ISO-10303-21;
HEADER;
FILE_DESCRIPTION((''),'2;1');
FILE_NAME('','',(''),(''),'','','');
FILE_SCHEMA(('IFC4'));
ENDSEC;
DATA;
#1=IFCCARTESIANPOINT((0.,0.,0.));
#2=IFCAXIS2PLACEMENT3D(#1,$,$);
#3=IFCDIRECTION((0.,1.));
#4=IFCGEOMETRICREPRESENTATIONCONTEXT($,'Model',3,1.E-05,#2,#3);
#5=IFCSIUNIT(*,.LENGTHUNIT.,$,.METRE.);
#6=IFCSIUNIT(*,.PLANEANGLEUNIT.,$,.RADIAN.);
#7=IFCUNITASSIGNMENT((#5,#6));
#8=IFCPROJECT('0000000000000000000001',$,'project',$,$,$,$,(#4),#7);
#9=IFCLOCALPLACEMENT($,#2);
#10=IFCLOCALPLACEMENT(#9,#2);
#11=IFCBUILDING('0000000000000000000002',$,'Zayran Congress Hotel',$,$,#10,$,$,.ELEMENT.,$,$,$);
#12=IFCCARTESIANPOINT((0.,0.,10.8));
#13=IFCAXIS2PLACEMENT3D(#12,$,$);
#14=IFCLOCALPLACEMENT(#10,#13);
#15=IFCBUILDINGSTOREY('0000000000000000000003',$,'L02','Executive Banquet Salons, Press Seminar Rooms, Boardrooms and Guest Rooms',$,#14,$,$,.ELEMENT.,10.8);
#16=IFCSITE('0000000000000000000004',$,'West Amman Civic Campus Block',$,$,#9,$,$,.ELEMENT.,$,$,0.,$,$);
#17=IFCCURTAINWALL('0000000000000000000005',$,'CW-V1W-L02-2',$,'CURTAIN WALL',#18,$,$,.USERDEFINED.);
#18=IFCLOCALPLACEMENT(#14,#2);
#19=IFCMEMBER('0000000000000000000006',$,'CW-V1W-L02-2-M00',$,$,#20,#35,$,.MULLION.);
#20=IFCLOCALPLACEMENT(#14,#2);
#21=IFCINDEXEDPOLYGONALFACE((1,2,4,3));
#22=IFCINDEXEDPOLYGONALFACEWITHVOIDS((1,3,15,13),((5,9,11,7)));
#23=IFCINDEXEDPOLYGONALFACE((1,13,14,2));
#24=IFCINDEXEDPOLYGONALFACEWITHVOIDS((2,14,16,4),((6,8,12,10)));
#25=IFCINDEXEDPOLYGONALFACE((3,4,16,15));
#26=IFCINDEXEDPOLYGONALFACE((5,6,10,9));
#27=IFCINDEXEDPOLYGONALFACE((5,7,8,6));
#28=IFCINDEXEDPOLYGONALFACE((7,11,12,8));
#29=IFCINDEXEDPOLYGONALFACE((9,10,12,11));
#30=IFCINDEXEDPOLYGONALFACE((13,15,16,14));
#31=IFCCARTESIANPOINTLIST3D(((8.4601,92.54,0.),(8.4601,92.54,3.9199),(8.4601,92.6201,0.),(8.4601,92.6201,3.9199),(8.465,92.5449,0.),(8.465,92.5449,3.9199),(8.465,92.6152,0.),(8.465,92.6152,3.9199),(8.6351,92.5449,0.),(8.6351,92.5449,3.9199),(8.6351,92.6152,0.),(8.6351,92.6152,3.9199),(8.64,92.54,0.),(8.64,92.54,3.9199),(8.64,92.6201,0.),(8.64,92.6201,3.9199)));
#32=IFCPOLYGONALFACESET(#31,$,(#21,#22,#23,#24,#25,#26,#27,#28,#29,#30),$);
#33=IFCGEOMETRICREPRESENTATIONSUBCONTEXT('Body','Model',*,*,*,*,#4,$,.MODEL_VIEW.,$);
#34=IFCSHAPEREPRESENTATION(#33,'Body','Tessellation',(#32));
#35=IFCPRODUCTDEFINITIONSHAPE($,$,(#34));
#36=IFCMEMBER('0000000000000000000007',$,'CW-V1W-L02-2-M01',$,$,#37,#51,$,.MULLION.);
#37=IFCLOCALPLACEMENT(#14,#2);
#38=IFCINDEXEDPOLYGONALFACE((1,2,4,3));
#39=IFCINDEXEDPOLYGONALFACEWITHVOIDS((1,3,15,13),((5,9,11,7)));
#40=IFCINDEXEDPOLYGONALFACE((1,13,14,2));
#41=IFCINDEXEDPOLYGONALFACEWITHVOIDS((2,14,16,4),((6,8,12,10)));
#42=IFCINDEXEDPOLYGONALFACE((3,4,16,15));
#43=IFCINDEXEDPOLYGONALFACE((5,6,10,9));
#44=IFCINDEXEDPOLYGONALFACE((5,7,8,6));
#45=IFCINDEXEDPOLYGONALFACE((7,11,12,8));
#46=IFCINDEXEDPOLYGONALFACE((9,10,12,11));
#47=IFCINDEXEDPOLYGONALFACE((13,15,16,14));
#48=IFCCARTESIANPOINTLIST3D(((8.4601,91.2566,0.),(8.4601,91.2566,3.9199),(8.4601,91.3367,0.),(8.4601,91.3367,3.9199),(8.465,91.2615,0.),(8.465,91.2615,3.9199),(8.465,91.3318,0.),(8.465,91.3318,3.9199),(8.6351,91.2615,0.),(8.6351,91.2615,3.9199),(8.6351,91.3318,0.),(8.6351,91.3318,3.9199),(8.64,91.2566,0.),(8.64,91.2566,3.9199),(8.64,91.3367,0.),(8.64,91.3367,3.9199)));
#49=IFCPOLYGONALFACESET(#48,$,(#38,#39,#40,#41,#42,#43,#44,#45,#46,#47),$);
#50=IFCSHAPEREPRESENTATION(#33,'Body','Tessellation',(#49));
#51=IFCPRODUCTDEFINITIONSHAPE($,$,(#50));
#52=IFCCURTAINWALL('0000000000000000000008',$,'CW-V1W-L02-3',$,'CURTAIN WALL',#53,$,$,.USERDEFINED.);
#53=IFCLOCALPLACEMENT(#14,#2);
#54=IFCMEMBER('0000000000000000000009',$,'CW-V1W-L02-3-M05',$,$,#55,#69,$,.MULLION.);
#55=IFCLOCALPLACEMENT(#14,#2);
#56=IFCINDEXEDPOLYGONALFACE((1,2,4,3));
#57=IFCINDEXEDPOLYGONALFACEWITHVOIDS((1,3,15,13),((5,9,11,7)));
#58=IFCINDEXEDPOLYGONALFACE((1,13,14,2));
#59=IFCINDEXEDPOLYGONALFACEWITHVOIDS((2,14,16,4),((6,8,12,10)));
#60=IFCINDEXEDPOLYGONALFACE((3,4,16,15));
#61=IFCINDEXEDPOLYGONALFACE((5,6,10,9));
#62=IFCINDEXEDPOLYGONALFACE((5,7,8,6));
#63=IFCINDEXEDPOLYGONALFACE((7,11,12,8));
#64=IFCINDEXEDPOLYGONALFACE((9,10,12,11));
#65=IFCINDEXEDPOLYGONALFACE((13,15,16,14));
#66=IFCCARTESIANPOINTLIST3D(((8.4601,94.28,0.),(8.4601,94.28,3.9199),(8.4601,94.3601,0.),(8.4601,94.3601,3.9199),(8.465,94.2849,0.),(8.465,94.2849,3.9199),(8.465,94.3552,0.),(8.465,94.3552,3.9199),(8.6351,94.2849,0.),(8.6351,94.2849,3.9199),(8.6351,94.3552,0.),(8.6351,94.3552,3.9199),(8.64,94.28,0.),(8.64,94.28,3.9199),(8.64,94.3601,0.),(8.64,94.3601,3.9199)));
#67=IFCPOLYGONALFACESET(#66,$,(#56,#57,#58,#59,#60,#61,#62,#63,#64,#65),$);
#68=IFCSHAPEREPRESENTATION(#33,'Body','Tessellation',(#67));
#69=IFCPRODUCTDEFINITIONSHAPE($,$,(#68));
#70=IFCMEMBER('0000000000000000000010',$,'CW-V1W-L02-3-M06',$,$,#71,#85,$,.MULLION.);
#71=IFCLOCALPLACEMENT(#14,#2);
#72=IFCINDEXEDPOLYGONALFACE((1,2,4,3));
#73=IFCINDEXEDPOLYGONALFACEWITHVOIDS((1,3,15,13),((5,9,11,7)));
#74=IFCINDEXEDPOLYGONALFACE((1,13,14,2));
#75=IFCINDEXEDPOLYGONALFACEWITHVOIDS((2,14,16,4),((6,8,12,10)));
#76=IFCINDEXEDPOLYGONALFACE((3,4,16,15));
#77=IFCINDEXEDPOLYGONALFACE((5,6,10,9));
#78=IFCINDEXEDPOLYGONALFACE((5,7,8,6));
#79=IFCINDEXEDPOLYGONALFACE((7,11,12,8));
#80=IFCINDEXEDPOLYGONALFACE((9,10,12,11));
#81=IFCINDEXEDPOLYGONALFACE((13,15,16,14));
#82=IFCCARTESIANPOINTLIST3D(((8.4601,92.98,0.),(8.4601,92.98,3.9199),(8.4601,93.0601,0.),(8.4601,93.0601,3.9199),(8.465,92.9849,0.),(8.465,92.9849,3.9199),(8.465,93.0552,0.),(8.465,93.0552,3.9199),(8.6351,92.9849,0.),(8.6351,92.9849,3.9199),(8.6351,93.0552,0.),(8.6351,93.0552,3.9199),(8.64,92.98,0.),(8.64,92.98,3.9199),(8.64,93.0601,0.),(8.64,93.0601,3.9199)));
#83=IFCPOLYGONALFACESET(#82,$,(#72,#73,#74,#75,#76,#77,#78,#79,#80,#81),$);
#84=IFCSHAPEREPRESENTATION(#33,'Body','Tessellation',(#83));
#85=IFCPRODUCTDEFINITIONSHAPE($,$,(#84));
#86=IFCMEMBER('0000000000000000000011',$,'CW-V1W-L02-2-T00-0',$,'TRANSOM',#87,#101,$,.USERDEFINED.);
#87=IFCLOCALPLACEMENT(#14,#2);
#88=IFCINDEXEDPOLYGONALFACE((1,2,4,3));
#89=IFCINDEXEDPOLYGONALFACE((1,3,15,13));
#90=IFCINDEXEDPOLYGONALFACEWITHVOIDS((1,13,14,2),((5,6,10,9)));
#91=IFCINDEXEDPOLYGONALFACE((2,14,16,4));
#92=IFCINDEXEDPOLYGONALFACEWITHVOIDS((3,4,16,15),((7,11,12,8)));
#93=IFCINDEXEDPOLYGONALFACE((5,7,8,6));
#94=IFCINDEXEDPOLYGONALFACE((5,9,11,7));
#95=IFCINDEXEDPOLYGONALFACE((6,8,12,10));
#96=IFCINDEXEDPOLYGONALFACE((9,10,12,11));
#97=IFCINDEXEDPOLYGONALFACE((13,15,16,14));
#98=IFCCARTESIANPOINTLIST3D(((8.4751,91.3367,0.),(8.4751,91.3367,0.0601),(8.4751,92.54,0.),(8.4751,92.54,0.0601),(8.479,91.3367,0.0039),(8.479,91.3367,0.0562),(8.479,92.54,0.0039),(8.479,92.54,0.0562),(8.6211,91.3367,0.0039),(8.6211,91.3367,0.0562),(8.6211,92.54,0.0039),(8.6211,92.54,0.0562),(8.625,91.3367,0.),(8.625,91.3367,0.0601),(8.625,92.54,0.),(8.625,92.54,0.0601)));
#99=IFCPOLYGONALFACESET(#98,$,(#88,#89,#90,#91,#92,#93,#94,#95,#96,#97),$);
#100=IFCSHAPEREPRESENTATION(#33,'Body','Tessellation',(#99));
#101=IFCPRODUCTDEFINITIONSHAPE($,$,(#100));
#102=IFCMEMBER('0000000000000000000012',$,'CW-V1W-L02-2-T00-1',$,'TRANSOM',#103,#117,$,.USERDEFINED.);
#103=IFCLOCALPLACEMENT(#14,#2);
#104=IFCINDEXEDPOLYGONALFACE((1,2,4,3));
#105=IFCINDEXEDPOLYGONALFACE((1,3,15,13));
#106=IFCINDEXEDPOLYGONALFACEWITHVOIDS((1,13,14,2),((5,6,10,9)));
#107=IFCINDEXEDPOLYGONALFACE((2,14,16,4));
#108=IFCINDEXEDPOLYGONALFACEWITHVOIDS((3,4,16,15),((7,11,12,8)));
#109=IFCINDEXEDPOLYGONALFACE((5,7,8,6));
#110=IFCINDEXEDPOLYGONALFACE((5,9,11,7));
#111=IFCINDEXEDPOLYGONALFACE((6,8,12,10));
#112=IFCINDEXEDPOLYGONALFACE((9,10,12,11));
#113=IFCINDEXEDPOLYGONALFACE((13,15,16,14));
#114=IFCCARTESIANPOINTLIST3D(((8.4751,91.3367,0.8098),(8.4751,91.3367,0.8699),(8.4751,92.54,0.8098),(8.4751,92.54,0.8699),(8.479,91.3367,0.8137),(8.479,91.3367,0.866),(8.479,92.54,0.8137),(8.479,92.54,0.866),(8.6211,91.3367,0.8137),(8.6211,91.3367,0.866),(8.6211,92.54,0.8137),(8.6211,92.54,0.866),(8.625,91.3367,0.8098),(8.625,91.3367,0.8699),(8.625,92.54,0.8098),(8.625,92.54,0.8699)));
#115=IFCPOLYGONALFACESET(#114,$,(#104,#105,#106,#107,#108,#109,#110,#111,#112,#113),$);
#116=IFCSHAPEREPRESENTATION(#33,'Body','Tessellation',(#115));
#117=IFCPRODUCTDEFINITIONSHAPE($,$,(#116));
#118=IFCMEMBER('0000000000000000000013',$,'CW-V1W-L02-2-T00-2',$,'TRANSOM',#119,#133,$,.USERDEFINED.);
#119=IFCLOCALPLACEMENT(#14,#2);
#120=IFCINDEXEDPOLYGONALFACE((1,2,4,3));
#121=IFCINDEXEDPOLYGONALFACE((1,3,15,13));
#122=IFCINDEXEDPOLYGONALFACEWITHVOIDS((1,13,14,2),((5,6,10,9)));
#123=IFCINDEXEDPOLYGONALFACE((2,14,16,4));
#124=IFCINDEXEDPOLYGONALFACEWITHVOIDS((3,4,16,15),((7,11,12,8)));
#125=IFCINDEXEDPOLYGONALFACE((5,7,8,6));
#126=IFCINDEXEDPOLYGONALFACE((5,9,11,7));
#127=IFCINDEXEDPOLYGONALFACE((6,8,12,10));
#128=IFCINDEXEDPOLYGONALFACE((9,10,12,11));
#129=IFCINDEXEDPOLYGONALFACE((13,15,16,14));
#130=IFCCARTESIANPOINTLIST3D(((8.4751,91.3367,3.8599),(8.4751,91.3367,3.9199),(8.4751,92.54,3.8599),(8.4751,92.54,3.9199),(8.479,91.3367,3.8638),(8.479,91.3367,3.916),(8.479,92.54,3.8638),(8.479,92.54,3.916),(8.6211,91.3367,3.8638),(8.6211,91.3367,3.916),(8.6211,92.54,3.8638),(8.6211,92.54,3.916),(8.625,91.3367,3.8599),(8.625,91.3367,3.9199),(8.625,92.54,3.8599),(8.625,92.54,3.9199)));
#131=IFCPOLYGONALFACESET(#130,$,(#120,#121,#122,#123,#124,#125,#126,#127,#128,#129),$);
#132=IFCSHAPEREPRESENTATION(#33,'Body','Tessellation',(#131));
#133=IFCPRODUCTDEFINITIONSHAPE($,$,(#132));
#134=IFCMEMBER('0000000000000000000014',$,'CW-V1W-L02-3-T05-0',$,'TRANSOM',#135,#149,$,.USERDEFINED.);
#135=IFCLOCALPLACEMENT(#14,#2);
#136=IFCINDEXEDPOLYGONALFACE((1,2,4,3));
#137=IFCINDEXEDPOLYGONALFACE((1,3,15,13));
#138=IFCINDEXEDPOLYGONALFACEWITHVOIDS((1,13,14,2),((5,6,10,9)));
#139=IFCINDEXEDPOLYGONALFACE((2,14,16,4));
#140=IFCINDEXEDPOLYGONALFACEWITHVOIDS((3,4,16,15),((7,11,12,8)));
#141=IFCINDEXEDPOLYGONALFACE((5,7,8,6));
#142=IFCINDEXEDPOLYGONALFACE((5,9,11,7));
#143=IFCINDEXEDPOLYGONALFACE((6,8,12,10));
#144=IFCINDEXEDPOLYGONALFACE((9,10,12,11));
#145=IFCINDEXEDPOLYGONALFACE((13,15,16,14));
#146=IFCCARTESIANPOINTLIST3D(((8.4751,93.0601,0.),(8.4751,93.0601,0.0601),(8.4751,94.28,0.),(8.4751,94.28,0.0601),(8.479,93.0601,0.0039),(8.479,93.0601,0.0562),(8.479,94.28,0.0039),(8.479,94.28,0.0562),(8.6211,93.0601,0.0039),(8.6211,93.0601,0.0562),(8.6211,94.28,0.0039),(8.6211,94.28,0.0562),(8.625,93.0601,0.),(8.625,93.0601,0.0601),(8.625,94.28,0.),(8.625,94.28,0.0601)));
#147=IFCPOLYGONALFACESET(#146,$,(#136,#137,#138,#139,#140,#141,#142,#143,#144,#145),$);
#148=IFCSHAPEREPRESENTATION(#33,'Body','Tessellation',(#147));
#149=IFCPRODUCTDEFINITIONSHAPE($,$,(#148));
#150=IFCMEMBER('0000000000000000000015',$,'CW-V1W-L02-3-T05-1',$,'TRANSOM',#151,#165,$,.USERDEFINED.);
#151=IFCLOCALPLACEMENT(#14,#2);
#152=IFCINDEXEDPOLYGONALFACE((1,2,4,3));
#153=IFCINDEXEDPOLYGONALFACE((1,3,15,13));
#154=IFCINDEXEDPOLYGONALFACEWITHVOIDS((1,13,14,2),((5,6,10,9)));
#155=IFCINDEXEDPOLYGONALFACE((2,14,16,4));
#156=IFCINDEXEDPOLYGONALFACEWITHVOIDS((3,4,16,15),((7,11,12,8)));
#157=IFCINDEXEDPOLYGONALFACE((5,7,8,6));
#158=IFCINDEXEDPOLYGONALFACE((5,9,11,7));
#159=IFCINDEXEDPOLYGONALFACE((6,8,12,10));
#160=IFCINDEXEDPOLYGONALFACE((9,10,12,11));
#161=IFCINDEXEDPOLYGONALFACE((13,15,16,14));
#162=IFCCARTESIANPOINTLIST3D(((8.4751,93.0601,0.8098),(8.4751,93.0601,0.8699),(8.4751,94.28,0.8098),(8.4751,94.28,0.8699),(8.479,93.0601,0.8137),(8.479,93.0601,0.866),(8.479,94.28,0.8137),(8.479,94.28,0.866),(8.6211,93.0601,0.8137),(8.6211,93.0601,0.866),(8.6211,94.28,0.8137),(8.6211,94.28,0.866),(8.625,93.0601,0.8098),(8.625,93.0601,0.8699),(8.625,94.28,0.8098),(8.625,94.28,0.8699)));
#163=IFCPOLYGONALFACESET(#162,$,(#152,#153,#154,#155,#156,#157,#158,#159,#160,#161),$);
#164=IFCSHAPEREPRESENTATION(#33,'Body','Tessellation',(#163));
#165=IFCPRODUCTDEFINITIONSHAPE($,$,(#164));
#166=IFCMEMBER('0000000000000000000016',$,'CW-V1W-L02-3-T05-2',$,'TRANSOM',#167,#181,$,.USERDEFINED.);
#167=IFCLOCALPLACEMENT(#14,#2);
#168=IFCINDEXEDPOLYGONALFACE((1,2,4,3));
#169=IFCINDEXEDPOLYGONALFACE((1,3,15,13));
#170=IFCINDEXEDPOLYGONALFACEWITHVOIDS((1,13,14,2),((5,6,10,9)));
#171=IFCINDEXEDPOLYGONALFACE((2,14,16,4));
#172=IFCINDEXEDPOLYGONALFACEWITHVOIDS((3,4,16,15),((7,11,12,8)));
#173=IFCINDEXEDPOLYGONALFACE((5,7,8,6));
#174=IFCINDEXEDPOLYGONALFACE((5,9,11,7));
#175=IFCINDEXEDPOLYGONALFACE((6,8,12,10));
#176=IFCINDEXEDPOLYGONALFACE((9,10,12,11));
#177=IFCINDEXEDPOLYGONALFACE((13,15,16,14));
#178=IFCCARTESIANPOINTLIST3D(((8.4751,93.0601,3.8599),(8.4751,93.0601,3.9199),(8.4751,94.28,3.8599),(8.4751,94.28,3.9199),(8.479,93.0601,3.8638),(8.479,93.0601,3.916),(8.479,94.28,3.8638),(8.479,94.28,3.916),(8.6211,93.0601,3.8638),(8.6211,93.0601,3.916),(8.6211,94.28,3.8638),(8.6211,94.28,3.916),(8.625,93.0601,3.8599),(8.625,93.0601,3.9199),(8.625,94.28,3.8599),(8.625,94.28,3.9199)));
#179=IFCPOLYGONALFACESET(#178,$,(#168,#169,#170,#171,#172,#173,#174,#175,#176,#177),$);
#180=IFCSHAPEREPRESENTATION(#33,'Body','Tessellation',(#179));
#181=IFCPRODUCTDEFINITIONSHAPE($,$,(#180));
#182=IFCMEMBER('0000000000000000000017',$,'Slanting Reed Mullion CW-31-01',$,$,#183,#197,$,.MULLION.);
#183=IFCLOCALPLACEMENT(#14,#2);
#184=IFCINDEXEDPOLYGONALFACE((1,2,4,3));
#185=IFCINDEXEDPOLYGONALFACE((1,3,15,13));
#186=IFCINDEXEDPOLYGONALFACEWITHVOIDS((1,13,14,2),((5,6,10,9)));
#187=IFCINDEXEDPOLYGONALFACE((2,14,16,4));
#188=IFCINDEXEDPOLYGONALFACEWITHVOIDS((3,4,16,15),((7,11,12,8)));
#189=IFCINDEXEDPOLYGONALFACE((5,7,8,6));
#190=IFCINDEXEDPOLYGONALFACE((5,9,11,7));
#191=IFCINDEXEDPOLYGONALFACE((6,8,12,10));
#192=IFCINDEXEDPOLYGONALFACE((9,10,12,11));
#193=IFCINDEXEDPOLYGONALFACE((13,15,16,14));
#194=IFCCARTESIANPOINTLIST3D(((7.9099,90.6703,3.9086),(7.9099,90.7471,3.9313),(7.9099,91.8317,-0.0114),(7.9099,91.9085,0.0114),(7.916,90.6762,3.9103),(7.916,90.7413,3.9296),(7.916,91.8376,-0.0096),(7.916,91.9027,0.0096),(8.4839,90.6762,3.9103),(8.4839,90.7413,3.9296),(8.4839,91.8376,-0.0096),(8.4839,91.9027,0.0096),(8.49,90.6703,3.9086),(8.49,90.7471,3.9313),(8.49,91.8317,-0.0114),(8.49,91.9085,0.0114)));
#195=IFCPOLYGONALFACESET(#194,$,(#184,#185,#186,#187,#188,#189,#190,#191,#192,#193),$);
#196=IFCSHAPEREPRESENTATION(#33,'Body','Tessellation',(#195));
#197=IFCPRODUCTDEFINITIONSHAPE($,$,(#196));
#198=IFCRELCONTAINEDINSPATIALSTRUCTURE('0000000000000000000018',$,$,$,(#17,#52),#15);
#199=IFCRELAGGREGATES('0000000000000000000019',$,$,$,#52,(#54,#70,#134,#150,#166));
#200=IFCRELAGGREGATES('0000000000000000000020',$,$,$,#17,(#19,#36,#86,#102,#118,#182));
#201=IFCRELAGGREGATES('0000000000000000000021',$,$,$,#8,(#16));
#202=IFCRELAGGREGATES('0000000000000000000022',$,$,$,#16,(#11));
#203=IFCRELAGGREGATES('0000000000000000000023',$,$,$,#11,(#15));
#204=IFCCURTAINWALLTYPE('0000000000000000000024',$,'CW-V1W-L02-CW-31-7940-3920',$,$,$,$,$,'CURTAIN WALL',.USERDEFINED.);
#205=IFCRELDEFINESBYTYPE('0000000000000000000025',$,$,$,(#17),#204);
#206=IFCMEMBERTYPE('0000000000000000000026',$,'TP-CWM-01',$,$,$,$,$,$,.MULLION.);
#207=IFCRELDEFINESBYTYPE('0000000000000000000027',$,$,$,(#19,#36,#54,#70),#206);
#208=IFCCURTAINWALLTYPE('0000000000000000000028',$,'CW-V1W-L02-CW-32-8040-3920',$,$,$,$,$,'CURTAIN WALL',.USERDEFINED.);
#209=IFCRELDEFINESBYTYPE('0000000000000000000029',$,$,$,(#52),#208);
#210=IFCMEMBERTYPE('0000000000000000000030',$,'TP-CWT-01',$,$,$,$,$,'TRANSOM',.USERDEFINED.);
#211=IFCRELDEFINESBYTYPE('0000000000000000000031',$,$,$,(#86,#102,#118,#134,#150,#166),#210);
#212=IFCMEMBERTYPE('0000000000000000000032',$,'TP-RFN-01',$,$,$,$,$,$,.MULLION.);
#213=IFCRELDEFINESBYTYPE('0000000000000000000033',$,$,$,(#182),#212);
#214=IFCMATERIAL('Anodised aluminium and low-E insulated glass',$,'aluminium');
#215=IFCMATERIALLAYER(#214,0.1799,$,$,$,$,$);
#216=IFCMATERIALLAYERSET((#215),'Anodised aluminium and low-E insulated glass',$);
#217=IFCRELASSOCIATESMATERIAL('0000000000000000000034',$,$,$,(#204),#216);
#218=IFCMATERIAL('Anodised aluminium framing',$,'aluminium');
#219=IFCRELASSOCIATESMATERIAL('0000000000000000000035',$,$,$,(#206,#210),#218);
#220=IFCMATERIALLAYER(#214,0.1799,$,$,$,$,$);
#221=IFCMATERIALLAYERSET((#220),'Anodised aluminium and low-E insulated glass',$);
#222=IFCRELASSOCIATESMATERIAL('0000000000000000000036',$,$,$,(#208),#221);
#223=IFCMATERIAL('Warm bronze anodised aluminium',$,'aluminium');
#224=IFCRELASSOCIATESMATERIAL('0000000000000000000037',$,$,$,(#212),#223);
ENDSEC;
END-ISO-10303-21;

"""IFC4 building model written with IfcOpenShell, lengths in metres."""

from ifc_helpers import new_model, si_unit, direction, frame, origin, origin_2d, place, context, subcontext, project, spatial, hollow_rectangle, extrude, material, layer, layer_set, material_profile, profile_set, type_object, element, aggregate, save


model = new_model("IFC4")

# Units and contexts
model_context = context("Model", 3, precision=1e-05, world=origin(), true_north=direction((0.0, 1.0)))
body_context = subcontext(model_context, "Body", "Model", "MODEL_VIEW")
ifc_project = project(units=[si_unit("LENGTHUNIT", "METRE"), si_unit("PLANEANGLEUNIT", "RADIAN")], contexts=[model_context])

# Site, building, storey
site_placement = place(None, origin())
site = spatial("IfcSite", under=ifc_project, at=site_placement, Name="West Amman Civic Campus Block", CompositionType="ELEMENT", RefElevation=0.0)
building_placement = place(site_placement, origin())
building = spatial("IfcBuilding", under=site, at=building_placement, Name="Zayran Congress Hotel", CompositionType="ELEMENT")
storey_placement = place(building_placement, frame((0.0, 0.0, 10.8)))
storey = spatial("IfcBuildingStorey", under=building, at=storey_placement, Name="L02", Description="Executive Banquet Salons, Press Seminar Rooms, Boardrooms and Guest Rooms", CompositionType="ELEMENT", Elevation=10.8)

# Curtain walls, members
ifc_material_1 = material(Name="Anodised aluminium and low-E insulated glass", Category="aluminium")
ifc_layer_1 = layer(ifc_material_1, 0.1799)
ifc_layer_set_1 = layer_set([ifc_layer_1], Name="Anodised aluminium and low-E insulated glass")
curtain_wall_type_1 = type_object("IfcCurtainWallType", Name="CW-V1W-L02-CW-31-7940-3920", ElementType="CURTAIN WALL", PredefinedType="USERDEFINED", material=ifc_layer_set_1)
curtain_wall_1_placement = place(storey_placement, origin())
curtain_wall_1 = element("IfcCurtainWall", 1, at=curtain_wall_1_placement, inside=storey, type_object=curtain_wall_type_1, Name="CW-V1W-L02-2", ObjectType="CURTAIN WALL", PredefinedType="USERDEFINED")
ifc_material_2 = material(Name="Anodised aluminium framing", Category="aluminium")
ifc_material_profile_1 = material_profile(ifc_material_2, hollow_rectangle(XDim=0.0801, YDim=0.1799, WallThickness=0.0049, at=origin_2d()), Name="RHS 180x80x5")
ifc_profile_set_1 = profile_set([ifc_material_profile_1], Name="Anodised aluminium framing")
member_type_1 = type_object("IfcMemberType", Name="TP-CWM-01", PredefinedType="MULLION", material=ifc_profile_set_1)
member_1_placement = place(storey_placement, frame((8.55, 92.5801, 0.0), z_axis=(0.0, 0.0, 1.0), x_axis=(0.0, 1.0, 0.0)))
member_1 = element("IfcMember", 2, at=member_1_placement, type_object=member_type_1, Name="CW-V1W-L02-2-M00", PredefinedType="MULLION", context=body_context, shape_type="SweptSolid", body=[
    extrude(hollow_rectangle(XDim=0.0801, YDim=0.1799, WallThickness=0.0049, at=origin_2d()), origin(), (0.0, 0.0, 1.0), 3.9199),
])
member_2_placement = place(storey_placement, frame((8.55, 91.2966, 0.0), z_axis=(0.0, 0.0, 1.0), x_axis=(0.0, 1.0, 0.0)))
member_2 = element("IfcMember", 3, at=member_2_placement, type_object=member_type_1, Name="CW-V1W-L02-2-M01", PredefinedType="MULLION", context=body_context, shape_type="SweptSolid", body=[
    extrude(hollow_rectangle(XDim=0.0801, YDim=0.1799, WallThickness=0.0049, at=origin_2d()), origin(), (0.0, 0.0, 1.0), 3.9199),
])
ifc_layer_2 = layer(ifc_material_1, 0.1799)
ifc_layer_set_2 = layer_set([ifc_layer_2], Name="Anodised aluminium and low-E insulated glass")
curtain_wall_type_2 = type_object("IfcCurtainWallType", Name="CW-V1W-L02-CW-32-8040-3920", ElementType="CURTAIN WALL", PredefinedType="USERDEFINED", material=ifc_layer_set_2)
curtain_wall_2_placement = place(storey_placement, origin())
curtain_wall_2 = element("IfcCurtainWall", 4, at=curtain_wall_2_placement, inside=storey, type_object=curtain_wall_type_2, Name="CW-V1W-L02-3", ObjectType="CURTAIN WALL", PredefinedType="USERDEFINED")
member_3_placement = place(storey_placement, frame((8.55, 94.3201, 0.0), z_axis=(0.0, 0.0, 1.0), x_axis=(0.0, 1.0, 0.0)))
member_3 = element("IfcMember", 5, at=member_3_placement, type_object=member_type_1, Name="CW-V1W-L02-3-M05", PredefinedType="MULLION", context=body_context, shape_type="SweptSolid", body=[
    extrude(hollow_rectangle(XDim=0.0801, YDim=0.1799, WallThickness=0.0049, at=origin_2d()), origin(), (0.0, 0.0, 1.0), 3.9199),
])
member_4_placement = place(storey_placement, frame((8.55, 93.02, 0.0), z_axis=(0.0, 0.0, 1.0), x_axis=(0.0, 1.0, 0.0)))
member_4 = element("IfcMember", 6, at=member_4_placement, type_object=member_type_1, Name="CW-V1W-L02-3-M06", PredefinedType="MULLION", context=body_context, shape_type="SweptSolid", body=[
    extrude(hollow_rectangle(XDim=0.0801, YDim=0.1799, WallThickness=0.0049, at=origin_2d()), origin(), (0.0, 0.0, 1.0), 3.9199),
])

# Members
ifc_material_profile_2 = material_profile(ifc_material_2, hollow_rectangle(XDim=0.0601, YDim=0.1499, WallThickness=0.0039, at=origin_2d()), Name="RHS 150x60x4")
ifc_profile_set_2 = profile_set([ifc_material_profile_2], Name="Anodised aluminium framing")
member_type_2 = type_object("IfcMemberType", Name="TP-CWT-01", ElementType="TRANSOM", PredefinedType="USERDEFINED", material=ifc_profile_set_2)
member_5_placement = place(storey_placement, frame((8.55, 92.54, 0.03), z_axis=(0.0, -1.0, 0.0), x_axis=(0.0, 0.0, 1.0)))
member_5 = element("IfcMember", 7, at=member_5_placement, type_object=member_type_2, Name="CW-V1W-L02-2-T00-0", ObjectType="TRANSOM", PredefinedType="USERDEFINED", context=body_context, shape_type="SweptSolid", body=[
    extrude(hollow_rectangle(XDim=0.0601, YDim=0.1499, WallThickness=0.0039, at=origin_2d()), origin(), (0.0, 0.0, 1.0), 1.2034),
])
member_6_placement = place(storey_placement, frame((8.55, 92.54, 0.8398), z_axis=(0.0, -1.0, 0.0), x_axis=(0.0, 0.0, 1.0)))
member_6 = element("IfcMember", 8, at=member_6_placement, type_object=member_type_2, Name="CW-V1W-L02-2-T00-1", ObjectType="TRANSOM", PredefinedType="USERDEFINED", context=body_context, shape_type="SweptSolid", body=[
    extrude(hollow_rectangle(XDim=0.0601, YDim=0.1499, WallThickness=0.0039, at=origin_2d()), origin(), (0.0, 0.0, 1.0), 1.2034),
])
member_7_placement = place(storey_placement, frame((8.55, 92.54, 3.8899), z_axis=(0.0, -1.0, 0.0), x_axis=(0.0, 0.0, 1.0)))
member_7 = element("IfcMember", 9, at=member_7_placement, type_object=member_type_2, Name="CW-V1W-L02-2-T00-2", ObjectType="TRANSOM", PredefinedType="USERDEFINED", context=body_context, shape_type="SweptSolid", body=[
    extrude(hollow_rectangle(XDim=0.0601, YDim=0.1499, WallThickness=0.0039, at=origin_2d()), origin(), (0.0, 0.0, 1.0), 1.2034),
])
member_8_placement = place(storey_placement, frame((8.55, 94.28, 0.03), z_axis=(0.0, -1.0, 0.0), x_axis=(0.0, 0.0, 1.0)))
member_8 = element("IfcMember", 10, at=member_8_placement, type_object=member_type_2, Name="CW-V1W-L02-3-T05-0", ObjectType="TRANSOM", PredefinedType="USERDEFINED", context=body_context, shape_type="SweptSolid", body=[
    extrude(hollow_rectangle(XDim=0.0601, YDim=0.1499, WallThickness=0.0039, at=origin_2d()), origin(), (0.0, 0.0, 1.0), 1.22),
])
member_9_placement = place(storey_placement, frame((8.55, 94.28, 0.8398), z_axis=(0.0, -1.0, 0.0), x_axis=(0.0, 0.0, 1.0)))
member_9 = element("IfcMember", 11, at=member_9_placement, type_object=member_type_2, Name="CW-V1W-L02-3-T05-1", ObjectType="TRANSOM", PredefinedType="USERDEFINED", context=body_context, shape_type="SweptSolid", body=[
    extrude(hollow_rectangle(XDim=0.0601, YDim=0.1499, WallThickness=0.0039, at=origin_2d()), origin(), (0.0, 0.0, 1.0), 1.22),
])
member_10_placement = place(storey_placement, frame((8.55, 94.28, 3.8899), z_axis=(0.0, -1.0, 0.0), x_axis=(0.0, 0.0, 1.0)))
member_10 = element("IfcMember", 12, at=member_10_placement, type_object=member_type_2, Name="CW-V1W-L02-3-T05-2", ObjectType="TRANSOM", PredefinedType="USERDEFINED", context=body_context, shape_type="SweptSolid", body=[
    extrude(hollow_rectangle(XDim=0.0601, YDim=0.1499, WallThickness=0.0039, at=origin_2d()), origin(), (0.0, 0.0, 1.0), 1.22),
])
ifc_material_3 = material(Name="Warm bronze anodised aluminium", Category="aluminium")
ifc_material_profile_3 = material_profile(ifc_material_3, hollow_rectangle(XDim=0.0801, YDim=0.5801, WallThickness=0.0061, at=origin_2d()), Name="RHS 580x80x6")
ifc_profile_set_3 = profile_set([ifc_material_profile_3], Name="Warm bronze anodised aluminium")
member_type_3 = type_object("IfcMemberType", Name="TP-RFN-01", PredefinedType="MULLION", material=ifc_profile_set_3)
member_11_placement = place(storey_placement, frame((8.2, 91.8701, 0.0), z_axis=(0.0, -0.28407, 0.958804), x_axis=(0.0, 0.958804, 0.28407)))
member_11 = element("IfcMember", 13, at=member_11_placement, type_object=member_type_3, Name="Slanting Reed Mullion CW-31-01", PredefinedType="MULLION", context=body_context, shape_type="SweptSolid", body=[
    extrude(hollow_rectangle(XDim=0.0801, YDim=0.5801, WallThickness=0.0061, at=origin_2d()), origin(), (0.0, 0.0, 1.0), 4.0884),
])

aggregate(curtain_wall_2, [member_3, member_4, member_8, member_9, member_10])
aggregate(curtain_wall_1, [member_1, member_2, member_5, member_6, member_7, member_11])

save(model, "model.ifc")
